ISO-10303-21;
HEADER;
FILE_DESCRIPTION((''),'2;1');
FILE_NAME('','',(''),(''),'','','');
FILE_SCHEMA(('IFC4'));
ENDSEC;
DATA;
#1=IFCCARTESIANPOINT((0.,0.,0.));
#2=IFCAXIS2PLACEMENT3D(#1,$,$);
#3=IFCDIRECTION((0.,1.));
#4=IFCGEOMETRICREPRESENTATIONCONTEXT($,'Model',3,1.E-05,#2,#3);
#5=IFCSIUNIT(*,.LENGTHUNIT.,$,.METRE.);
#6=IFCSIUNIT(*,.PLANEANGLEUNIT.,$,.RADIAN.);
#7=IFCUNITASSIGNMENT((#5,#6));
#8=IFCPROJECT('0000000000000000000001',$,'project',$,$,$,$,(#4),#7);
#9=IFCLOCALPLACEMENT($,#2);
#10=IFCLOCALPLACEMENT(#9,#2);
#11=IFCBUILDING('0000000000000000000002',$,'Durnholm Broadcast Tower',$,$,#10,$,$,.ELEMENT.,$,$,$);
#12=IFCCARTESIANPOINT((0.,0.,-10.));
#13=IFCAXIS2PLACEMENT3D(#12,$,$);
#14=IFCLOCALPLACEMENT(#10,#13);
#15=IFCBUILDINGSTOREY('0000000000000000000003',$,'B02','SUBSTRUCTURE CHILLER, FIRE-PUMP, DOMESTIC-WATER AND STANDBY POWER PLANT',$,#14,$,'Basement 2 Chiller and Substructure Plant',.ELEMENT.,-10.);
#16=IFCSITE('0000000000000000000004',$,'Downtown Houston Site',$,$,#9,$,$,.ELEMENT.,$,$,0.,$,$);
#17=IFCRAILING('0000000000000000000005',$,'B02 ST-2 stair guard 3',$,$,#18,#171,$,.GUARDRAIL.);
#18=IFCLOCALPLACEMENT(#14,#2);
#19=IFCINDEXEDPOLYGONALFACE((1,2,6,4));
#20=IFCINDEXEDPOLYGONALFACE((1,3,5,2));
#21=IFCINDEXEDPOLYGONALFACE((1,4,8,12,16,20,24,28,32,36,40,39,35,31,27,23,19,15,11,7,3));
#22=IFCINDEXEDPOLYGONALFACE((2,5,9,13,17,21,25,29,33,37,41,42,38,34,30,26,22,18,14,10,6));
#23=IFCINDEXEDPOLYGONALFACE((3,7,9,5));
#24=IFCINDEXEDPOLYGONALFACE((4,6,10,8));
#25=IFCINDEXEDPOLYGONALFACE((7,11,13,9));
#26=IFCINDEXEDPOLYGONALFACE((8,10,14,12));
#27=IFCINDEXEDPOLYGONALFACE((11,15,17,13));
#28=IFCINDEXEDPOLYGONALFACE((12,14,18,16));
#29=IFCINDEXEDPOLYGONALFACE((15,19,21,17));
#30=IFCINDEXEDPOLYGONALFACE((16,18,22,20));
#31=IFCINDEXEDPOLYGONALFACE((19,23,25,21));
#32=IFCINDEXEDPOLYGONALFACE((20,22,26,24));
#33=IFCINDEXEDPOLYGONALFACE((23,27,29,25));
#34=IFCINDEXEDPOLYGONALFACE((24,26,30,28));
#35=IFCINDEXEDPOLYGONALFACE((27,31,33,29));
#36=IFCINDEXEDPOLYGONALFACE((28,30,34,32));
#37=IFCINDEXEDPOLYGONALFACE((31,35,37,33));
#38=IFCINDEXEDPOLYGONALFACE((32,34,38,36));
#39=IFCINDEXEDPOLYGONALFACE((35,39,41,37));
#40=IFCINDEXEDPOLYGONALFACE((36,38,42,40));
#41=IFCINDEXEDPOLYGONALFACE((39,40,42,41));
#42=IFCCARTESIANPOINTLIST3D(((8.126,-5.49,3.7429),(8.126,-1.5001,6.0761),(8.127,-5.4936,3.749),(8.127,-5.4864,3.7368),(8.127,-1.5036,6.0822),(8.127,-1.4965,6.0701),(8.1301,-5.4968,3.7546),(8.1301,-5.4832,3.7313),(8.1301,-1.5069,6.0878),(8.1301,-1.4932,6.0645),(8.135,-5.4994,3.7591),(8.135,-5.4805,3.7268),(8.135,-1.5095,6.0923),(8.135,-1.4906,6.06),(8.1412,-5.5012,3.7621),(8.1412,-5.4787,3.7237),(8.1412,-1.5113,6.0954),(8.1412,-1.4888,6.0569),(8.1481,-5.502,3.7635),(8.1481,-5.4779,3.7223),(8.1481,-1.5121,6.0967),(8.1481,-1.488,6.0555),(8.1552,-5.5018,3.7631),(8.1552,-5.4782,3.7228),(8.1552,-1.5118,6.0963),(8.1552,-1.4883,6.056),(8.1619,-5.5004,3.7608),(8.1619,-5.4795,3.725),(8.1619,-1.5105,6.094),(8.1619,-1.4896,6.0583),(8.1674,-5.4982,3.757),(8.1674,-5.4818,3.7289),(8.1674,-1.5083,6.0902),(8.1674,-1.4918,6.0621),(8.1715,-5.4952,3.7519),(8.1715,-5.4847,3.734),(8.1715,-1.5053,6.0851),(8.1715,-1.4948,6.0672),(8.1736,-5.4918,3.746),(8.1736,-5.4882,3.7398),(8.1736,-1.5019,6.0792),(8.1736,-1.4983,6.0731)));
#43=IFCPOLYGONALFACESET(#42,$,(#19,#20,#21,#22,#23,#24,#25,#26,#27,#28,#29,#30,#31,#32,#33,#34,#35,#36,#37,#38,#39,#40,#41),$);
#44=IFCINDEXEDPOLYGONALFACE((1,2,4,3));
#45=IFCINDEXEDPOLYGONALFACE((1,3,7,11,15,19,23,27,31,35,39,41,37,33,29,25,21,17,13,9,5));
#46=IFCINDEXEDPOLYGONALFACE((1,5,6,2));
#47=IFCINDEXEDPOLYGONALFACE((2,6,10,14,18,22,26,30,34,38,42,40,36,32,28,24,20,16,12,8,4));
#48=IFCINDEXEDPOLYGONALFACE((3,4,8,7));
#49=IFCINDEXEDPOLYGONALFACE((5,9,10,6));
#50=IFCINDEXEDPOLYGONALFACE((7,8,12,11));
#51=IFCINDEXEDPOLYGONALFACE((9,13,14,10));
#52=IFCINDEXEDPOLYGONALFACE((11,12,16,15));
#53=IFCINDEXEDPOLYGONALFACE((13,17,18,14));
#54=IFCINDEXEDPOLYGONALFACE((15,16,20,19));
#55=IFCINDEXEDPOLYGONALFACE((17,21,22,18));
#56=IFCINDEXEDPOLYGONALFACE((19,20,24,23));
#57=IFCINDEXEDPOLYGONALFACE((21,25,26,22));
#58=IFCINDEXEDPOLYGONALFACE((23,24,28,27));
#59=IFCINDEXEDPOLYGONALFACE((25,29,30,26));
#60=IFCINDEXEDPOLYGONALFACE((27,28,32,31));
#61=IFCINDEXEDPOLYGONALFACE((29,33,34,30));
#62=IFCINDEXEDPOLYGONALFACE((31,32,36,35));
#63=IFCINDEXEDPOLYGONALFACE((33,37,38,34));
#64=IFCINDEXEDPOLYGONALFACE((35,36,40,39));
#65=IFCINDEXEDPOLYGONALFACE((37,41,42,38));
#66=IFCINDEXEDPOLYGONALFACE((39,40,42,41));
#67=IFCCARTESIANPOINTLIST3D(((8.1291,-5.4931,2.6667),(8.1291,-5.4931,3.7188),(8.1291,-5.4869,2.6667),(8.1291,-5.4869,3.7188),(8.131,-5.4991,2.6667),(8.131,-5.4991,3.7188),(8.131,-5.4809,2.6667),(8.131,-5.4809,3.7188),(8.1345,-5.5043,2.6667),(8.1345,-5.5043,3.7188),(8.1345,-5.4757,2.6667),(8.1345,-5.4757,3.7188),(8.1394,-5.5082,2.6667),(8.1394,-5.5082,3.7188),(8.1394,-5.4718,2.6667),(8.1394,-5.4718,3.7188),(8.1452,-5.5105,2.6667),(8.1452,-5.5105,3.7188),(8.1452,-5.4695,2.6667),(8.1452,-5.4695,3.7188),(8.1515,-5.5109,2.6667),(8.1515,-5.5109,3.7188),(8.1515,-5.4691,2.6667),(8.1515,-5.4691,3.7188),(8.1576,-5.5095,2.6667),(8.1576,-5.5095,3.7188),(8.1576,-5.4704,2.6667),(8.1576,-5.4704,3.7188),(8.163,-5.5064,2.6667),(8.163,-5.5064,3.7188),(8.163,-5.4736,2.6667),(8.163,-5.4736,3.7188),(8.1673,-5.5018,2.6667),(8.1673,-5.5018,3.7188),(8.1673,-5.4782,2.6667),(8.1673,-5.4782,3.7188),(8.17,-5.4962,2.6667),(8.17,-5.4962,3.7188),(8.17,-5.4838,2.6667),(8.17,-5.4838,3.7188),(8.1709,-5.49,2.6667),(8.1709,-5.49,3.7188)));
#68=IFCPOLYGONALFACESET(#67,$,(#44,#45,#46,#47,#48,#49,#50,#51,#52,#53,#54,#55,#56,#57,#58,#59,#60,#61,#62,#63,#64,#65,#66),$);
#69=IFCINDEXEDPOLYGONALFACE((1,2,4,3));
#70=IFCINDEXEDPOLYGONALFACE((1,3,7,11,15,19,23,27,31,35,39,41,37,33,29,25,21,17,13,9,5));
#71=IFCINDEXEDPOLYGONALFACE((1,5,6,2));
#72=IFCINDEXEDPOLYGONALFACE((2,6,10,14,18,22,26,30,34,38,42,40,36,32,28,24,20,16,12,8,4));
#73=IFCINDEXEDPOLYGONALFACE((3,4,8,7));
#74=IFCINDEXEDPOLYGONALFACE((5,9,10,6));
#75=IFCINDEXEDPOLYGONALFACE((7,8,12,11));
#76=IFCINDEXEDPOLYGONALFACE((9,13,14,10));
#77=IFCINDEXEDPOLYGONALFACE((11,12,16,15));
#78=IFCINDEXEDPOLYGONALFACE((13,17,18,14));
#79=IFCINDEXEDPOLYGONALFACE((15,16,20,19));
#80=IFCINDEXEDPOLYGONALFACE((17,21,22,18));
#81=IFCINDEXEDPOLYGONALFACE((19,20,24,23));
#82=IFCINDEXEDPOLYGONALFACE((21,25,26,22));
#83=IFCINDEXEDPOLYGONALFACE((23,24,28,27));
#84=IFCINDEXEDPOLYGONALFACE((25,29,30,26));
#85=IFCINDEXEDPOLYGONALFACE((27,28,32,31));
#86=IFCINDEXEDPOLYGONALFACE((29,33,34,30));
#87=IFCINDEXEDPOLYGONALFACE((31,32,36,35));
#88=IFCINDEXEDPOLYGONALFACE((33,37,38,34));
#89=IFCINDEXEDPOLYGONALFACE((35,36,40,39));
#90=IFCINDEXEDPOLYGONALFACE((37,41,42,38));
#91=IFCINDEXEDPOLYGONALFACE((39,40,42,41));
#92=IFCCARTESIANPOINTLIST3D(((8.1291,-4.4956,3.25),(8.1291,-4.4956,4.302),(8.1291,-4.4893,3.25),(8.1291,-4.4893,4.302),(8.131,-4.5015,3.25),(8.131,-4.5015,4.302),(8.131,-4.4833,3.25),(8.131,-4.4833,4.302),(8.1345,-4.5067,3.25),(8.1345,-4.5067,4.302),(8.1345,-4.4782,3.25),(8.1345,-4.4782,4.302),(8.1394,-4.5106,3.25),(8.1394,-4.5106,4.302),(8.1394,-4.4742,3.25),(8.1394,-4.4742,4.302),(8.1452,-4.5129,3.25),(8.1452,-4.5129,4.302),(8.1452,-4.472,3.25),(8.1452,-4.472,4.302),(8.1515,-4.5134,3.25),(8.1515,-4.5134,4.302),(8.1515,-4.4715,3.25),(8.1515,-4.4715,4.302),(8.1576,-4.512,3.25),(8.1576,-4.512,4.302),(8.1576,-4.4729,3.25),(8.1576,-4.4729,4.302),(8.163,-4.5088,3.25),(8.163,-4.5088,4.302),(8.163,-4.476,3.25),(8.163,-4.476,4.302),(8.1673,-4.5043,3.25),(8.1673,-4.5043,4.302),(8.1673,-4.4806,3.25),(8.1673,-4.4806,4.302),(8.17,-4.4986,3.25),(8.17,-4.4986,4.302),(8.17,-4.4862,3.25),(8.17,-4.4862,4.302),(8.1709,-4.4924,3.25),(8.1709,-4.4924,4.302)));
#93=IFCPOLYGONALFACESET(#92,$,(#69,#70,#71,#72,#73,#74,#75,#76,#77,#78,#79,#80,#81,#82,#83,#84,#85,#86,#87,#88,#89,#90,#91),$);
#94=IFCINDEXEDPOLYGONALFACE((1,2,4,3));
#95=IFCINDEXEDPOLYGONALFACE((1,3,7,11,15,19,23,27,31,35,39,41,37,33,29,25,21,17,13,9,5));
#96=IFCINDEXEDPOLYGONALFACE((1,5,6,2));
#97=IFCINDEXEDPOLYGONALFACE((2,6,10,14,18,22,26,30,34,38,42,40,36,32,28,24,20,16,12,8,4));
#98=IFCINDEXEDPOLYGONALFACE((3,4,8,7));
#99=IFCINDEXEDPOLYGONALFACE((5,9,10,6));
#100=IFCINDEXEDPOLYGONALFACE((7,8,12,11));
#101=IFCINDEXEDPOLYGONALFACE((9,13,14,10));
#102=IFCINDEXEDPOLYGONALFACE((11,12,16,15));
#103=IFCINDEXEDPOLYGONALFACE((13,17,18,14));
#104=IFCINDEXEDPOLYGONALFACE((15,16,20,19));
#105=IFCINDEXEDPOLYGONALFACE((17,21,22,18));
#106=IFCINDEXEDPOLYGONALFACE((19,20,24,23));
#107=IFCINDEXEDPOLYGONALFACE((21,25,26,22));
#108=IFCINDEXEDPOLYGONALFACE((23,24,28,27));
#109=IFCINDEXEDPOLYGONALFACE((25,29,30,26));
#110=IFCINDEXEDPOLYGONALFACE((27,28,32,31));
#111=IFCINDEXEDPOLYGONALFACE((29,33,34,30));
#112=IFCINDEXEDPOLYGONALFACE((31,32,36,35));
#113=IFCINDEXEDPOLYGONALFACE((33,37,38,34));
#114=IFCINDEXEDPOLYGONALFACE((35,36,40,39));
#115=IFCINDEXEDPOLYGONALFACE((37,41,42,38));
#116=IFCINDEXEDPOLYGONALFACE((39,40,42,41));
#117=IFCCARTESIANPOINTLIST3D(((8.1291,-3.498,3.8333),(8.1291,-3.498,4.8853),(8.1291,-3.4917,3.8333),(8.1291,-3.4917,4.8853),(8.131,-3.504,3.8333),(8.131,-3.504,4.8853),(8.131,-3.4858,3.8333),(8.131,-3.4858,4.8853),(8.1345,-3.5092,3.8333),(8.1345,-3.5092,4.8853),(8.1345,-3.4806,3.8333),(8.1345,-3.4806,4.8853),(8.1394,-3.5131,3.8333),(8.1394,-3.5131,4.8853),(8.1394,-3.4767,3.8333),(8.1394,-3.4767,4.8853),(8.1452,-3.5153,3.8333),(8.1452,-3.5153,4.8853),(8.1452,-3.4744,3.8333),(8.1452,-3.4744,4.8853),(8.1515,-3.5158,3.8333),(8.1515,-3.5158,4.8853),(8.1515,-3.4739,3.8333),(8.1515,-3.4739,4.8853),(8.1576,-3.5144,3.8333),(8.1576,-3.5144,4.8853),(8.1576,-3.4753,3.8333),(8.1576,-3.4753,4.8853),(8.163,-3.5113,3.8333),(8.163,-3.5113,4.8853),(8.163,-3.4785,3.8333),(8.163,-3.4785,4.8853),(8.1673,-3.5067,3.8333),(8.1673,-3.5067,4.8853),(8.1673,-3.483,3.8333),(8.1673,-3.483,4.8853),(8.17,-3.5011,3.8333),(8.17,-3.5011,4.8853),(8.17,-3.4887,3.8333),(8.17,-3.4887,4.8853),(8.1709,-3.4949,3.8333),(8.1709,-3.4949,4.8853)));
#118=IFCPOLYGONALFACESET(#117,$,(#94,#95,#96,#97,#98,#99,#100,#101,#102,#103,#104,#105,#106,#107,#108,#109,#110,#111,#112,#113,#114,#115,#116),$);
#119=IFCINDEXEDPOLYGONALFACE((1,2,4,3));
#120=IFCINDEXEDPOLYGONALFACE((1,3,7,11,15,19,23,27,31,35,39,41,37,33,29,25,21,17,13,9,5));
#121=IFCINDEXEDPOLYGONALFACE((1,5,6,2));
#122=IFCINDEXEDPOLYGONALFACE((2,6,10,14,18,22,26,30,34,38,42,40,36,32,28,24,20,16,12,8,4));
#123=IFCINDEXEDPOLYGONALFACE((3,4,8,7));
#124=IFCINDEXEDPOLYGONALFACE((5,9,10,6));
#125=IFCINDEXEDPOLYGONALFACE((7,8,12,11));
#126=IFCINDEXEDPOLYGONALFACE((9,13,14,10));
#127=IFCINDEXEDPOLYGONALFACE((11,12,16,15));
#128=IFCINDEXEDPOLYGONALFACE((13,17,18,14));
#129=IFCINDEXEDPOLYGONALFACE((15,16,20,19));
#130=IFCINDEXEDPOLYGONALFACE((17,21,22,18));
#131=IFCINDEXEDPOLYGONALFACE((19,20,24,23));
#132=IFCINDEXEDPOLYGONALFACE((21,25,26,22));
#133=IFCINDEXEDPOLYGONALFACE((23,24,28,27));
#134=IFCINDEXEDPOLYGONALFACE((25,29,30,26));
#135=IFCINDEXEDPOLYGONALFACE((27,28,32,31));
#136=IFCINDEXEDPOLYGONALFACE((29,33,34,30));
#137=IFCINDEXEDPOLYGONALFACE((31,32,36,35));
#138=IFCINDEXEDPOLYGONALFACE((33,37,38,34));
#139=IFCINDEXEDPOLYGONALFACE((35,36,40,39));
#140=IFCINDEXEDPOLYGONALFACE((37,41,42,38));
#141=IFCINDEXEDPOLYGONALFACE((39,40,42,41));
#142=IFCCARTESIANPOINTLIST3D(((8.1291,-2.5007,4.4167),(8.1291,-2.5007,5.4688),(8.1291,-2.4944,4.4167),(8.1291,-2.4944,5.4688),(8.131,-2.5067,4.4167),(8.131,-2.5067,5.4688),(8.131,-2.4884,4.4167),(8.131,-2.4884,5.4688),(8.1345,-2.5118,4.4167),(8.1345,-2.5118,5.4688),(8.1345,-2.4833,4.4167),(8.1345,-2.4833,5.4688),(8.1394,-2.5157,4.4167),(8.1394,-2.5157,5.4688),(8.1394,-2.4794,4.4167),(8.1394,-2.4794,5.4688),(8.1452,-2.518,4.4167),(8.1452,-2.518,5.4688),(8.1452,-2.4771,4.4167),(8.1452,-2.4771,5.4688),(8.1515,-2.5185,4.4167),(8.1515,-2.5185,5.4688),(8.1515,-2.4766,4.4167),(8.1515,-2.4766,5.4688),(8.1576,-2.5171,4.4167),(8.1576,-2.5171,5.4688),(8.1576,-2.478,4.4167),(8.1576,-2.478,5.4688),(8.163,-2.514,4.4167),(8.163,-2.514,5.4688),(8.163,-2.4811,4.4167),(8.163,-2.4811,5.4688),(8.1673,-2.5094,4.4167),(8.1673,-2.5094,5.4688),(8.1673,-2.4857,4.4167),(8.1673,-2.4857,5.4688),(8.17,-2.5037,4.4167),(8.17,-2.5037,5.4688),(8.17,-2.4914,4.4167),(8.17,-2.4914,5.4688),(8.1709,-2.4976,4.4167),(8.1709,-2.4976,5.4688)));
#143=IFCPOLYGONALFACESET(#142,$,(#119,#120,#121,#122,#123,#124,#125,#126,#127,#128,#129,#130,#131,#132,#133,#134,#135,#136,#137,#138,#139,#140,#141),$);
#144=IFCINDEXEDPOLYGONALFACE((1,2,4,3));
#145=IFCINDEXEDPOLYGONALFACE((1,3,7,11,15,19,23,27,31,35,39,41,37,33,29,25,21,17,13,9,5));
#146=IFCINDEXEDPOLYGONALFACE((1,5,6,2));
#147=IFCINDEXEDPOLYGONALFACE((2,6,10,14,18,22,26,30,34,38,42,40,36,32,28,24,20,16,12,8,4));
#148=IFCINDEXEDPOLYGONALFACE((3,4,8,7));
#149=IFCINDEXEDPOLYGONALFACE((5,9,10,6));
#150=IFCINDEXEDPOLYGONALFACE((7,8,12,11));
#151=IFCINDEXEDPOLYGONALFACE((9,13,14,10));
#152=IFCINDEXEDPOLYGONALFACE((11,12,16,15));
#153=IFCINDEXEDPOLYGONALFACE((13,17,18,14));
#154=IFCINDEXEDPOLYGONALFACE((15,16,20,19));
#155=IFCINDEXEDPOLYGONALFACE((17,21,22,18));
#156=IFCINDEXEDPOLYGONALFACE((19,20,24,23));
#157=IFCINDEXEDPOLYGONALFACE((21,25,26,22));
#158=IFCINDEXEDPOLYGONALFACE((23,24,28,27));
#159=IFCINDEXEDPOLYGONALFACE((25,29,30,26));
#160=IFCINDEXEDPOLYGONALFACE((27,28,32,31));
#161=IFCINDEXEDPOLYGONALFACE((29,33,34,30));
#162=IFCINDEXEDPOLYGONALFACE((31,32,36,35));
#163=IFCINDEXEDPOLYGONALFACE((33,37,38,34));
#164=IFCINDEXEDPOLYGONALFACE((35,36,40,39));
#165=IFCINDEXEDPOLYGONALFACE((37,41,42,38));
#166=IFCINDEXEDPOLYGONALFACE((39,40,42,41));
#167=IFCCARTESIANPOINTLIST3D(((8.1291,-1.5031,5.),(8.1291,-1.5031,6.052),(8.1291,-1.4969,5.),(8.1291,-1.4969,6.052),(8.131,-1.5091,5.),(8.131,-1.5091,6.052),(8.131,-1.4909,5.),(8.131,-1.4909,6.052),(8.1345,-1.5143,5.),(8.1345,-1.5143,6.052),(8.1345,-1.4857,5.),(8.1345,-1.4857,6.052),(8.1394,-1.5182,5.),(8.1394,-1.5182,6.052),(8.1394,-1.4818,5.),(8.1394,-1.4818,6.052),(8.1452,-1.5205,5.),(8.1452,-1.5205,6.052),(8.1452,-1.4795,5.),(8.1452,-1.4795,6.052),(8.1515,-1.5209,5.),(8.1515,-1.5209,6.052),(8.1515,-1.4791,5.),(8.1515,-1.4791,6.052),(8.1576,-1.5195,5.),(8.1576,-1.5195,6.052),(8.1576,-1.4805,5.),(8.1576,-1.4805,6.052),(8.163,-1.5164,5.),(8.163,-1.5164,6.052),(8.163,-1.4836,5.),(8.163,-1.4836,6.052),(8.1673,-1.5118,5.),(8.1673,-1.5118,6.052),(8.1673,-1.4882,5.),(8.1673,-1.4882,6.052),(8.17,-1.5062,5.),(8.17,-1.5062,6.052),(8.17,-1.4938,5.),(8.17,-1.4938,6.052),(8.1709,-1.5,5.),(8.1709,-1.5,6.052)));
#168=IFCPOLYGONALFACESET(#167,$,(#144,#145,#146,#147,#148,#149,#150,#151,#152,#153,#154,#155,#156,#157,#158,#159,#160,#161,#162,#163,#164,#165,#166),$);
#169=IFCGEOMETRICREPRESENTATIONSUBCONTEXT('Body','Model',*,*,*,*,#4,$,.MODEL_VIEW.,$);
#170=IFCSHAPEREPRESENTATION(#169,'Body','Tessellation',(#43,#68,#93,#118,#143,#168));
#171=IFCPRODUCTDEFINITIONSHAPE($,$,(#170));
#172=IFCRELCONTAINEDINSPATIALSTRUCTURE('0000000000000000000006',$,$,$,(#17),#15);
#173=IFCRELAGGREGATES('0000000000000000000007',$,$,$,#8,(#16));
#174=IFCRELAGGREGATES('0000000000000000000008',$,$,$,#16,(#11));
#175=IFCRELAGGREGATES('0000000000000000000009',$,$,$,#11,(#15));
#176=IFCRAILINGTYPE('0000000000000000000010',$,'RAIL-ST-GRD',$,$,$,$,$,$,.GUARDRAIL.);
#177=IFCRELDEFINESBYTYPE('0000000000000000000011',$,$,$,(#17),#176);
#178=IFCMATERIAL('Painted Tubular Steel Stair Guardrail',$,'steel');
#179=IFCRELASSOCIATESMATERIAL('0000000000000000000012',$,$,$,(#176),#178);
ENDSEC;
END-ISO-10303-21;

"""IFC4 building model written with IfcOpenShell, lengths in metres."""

from ifc_helpers import new_model, si_unit, direction, frame, origin, origin_2d, place, context, subcontext, project, spatial, circle, extrude, material, type_object, element, save


model = new_model("IFC4")

# Units and contexts
model_context = context("Model", 3, precision=1e-05, world=origin(), true_north=direction((0.0, 1.0)))
body_context = subcontext(model_context, "Body", "Model", "MODEL_VIEW")
ifc_project = project(units=[si_unit("LENGTHUNIT", "METRE"), si_unit("PLANEANGLEUNIT", "RADIAN")], contexts=[model_context])

# Site, building, storey
site_placement = place(None, origin())
site = spatial("IfcSite", under=ifc_project, at=site_placement, Name="Downtown Houston Site", CompositionType="ELEMENT", RefElevation=0.0)
building_placement = place(site_placement, origin())
building = spatial("IfcBuilding", under=site, at=building_placement, Name="Durnholm Broadcast Tower", CompositionType="ELEMENT")
storey_placement = place(building_placement, frame((0.0, 0.0, -10.0)))
storey = spatial("IfcBuildingStorey", under=building, at=storey_placement, Name="B02", Description="SUBSTRUCTURE CHILLER, FIRE-PUMP, DOMESTIC-WATER AND STANDBY POWER PLANT", LongName="Basement 2 Chiller and Substructure Plant", CompositionType="ELEMENT", Elevation=-10.0)

# Railing
ifc_material_1 = material(Name="Painted Tubular Steel Stair Guardrail", Category="steel")
railing_type_1 = type_object("IfcRailingType", Name="RAIL-ST-GRD", PredefinedType="GUARDRAIL", material=ifc_material_1)
railing_1_placement = place(storey_placement, frame((8.1499, -5.49, 2.6667)))
element("IfcRailing", 1, at=railing_1_placement, inside=storey, type_object=railing_type_1, Name="B02 ST-2 stair guard 3", PredefinedType="GUARDRAIL", context=body_context, shape_type="SweptSolid", body=[
    extrude(circle(Radius=0.0239, at=origin_2d()), frame((0.0, 0.0, 1.0762), z_axis=(0.0, 0.863236, 0.5048), x_axis=(-1.0, 0.0, 0.0)), (0.0, 0.0, 1.0), 4.6221),
    extrude(circle(Radius=0.021, at=origin_2d()), origin(), (0.0, 0.0, 1.0), 1.052),
    extrude(circle(Radius=0.021, at=origin_2d()), frame((0.0, 0.9976, 0.5833)), (0.0, 0.0, 1.0), 1.052),
    extrude(circle(Radius=0.021, at=origin_2d()), frame((0.0, 1.9951, 1.1665)), (0.0, 0.0, 1.0), 1.052),
    extrude(circle(Radius=0.021, at=origin_2d()), frame((0.0, 2.9924, 1.75)), (0.0, 0.0, 1.0), 1.052),
    extrude(circle(Radius=0.021, at=origin_2d()), frame((0.0, 3.99, 2.3333)), (0.0, 0.0, 1.0), 1.052),
])

save(model, "model.ifc")
